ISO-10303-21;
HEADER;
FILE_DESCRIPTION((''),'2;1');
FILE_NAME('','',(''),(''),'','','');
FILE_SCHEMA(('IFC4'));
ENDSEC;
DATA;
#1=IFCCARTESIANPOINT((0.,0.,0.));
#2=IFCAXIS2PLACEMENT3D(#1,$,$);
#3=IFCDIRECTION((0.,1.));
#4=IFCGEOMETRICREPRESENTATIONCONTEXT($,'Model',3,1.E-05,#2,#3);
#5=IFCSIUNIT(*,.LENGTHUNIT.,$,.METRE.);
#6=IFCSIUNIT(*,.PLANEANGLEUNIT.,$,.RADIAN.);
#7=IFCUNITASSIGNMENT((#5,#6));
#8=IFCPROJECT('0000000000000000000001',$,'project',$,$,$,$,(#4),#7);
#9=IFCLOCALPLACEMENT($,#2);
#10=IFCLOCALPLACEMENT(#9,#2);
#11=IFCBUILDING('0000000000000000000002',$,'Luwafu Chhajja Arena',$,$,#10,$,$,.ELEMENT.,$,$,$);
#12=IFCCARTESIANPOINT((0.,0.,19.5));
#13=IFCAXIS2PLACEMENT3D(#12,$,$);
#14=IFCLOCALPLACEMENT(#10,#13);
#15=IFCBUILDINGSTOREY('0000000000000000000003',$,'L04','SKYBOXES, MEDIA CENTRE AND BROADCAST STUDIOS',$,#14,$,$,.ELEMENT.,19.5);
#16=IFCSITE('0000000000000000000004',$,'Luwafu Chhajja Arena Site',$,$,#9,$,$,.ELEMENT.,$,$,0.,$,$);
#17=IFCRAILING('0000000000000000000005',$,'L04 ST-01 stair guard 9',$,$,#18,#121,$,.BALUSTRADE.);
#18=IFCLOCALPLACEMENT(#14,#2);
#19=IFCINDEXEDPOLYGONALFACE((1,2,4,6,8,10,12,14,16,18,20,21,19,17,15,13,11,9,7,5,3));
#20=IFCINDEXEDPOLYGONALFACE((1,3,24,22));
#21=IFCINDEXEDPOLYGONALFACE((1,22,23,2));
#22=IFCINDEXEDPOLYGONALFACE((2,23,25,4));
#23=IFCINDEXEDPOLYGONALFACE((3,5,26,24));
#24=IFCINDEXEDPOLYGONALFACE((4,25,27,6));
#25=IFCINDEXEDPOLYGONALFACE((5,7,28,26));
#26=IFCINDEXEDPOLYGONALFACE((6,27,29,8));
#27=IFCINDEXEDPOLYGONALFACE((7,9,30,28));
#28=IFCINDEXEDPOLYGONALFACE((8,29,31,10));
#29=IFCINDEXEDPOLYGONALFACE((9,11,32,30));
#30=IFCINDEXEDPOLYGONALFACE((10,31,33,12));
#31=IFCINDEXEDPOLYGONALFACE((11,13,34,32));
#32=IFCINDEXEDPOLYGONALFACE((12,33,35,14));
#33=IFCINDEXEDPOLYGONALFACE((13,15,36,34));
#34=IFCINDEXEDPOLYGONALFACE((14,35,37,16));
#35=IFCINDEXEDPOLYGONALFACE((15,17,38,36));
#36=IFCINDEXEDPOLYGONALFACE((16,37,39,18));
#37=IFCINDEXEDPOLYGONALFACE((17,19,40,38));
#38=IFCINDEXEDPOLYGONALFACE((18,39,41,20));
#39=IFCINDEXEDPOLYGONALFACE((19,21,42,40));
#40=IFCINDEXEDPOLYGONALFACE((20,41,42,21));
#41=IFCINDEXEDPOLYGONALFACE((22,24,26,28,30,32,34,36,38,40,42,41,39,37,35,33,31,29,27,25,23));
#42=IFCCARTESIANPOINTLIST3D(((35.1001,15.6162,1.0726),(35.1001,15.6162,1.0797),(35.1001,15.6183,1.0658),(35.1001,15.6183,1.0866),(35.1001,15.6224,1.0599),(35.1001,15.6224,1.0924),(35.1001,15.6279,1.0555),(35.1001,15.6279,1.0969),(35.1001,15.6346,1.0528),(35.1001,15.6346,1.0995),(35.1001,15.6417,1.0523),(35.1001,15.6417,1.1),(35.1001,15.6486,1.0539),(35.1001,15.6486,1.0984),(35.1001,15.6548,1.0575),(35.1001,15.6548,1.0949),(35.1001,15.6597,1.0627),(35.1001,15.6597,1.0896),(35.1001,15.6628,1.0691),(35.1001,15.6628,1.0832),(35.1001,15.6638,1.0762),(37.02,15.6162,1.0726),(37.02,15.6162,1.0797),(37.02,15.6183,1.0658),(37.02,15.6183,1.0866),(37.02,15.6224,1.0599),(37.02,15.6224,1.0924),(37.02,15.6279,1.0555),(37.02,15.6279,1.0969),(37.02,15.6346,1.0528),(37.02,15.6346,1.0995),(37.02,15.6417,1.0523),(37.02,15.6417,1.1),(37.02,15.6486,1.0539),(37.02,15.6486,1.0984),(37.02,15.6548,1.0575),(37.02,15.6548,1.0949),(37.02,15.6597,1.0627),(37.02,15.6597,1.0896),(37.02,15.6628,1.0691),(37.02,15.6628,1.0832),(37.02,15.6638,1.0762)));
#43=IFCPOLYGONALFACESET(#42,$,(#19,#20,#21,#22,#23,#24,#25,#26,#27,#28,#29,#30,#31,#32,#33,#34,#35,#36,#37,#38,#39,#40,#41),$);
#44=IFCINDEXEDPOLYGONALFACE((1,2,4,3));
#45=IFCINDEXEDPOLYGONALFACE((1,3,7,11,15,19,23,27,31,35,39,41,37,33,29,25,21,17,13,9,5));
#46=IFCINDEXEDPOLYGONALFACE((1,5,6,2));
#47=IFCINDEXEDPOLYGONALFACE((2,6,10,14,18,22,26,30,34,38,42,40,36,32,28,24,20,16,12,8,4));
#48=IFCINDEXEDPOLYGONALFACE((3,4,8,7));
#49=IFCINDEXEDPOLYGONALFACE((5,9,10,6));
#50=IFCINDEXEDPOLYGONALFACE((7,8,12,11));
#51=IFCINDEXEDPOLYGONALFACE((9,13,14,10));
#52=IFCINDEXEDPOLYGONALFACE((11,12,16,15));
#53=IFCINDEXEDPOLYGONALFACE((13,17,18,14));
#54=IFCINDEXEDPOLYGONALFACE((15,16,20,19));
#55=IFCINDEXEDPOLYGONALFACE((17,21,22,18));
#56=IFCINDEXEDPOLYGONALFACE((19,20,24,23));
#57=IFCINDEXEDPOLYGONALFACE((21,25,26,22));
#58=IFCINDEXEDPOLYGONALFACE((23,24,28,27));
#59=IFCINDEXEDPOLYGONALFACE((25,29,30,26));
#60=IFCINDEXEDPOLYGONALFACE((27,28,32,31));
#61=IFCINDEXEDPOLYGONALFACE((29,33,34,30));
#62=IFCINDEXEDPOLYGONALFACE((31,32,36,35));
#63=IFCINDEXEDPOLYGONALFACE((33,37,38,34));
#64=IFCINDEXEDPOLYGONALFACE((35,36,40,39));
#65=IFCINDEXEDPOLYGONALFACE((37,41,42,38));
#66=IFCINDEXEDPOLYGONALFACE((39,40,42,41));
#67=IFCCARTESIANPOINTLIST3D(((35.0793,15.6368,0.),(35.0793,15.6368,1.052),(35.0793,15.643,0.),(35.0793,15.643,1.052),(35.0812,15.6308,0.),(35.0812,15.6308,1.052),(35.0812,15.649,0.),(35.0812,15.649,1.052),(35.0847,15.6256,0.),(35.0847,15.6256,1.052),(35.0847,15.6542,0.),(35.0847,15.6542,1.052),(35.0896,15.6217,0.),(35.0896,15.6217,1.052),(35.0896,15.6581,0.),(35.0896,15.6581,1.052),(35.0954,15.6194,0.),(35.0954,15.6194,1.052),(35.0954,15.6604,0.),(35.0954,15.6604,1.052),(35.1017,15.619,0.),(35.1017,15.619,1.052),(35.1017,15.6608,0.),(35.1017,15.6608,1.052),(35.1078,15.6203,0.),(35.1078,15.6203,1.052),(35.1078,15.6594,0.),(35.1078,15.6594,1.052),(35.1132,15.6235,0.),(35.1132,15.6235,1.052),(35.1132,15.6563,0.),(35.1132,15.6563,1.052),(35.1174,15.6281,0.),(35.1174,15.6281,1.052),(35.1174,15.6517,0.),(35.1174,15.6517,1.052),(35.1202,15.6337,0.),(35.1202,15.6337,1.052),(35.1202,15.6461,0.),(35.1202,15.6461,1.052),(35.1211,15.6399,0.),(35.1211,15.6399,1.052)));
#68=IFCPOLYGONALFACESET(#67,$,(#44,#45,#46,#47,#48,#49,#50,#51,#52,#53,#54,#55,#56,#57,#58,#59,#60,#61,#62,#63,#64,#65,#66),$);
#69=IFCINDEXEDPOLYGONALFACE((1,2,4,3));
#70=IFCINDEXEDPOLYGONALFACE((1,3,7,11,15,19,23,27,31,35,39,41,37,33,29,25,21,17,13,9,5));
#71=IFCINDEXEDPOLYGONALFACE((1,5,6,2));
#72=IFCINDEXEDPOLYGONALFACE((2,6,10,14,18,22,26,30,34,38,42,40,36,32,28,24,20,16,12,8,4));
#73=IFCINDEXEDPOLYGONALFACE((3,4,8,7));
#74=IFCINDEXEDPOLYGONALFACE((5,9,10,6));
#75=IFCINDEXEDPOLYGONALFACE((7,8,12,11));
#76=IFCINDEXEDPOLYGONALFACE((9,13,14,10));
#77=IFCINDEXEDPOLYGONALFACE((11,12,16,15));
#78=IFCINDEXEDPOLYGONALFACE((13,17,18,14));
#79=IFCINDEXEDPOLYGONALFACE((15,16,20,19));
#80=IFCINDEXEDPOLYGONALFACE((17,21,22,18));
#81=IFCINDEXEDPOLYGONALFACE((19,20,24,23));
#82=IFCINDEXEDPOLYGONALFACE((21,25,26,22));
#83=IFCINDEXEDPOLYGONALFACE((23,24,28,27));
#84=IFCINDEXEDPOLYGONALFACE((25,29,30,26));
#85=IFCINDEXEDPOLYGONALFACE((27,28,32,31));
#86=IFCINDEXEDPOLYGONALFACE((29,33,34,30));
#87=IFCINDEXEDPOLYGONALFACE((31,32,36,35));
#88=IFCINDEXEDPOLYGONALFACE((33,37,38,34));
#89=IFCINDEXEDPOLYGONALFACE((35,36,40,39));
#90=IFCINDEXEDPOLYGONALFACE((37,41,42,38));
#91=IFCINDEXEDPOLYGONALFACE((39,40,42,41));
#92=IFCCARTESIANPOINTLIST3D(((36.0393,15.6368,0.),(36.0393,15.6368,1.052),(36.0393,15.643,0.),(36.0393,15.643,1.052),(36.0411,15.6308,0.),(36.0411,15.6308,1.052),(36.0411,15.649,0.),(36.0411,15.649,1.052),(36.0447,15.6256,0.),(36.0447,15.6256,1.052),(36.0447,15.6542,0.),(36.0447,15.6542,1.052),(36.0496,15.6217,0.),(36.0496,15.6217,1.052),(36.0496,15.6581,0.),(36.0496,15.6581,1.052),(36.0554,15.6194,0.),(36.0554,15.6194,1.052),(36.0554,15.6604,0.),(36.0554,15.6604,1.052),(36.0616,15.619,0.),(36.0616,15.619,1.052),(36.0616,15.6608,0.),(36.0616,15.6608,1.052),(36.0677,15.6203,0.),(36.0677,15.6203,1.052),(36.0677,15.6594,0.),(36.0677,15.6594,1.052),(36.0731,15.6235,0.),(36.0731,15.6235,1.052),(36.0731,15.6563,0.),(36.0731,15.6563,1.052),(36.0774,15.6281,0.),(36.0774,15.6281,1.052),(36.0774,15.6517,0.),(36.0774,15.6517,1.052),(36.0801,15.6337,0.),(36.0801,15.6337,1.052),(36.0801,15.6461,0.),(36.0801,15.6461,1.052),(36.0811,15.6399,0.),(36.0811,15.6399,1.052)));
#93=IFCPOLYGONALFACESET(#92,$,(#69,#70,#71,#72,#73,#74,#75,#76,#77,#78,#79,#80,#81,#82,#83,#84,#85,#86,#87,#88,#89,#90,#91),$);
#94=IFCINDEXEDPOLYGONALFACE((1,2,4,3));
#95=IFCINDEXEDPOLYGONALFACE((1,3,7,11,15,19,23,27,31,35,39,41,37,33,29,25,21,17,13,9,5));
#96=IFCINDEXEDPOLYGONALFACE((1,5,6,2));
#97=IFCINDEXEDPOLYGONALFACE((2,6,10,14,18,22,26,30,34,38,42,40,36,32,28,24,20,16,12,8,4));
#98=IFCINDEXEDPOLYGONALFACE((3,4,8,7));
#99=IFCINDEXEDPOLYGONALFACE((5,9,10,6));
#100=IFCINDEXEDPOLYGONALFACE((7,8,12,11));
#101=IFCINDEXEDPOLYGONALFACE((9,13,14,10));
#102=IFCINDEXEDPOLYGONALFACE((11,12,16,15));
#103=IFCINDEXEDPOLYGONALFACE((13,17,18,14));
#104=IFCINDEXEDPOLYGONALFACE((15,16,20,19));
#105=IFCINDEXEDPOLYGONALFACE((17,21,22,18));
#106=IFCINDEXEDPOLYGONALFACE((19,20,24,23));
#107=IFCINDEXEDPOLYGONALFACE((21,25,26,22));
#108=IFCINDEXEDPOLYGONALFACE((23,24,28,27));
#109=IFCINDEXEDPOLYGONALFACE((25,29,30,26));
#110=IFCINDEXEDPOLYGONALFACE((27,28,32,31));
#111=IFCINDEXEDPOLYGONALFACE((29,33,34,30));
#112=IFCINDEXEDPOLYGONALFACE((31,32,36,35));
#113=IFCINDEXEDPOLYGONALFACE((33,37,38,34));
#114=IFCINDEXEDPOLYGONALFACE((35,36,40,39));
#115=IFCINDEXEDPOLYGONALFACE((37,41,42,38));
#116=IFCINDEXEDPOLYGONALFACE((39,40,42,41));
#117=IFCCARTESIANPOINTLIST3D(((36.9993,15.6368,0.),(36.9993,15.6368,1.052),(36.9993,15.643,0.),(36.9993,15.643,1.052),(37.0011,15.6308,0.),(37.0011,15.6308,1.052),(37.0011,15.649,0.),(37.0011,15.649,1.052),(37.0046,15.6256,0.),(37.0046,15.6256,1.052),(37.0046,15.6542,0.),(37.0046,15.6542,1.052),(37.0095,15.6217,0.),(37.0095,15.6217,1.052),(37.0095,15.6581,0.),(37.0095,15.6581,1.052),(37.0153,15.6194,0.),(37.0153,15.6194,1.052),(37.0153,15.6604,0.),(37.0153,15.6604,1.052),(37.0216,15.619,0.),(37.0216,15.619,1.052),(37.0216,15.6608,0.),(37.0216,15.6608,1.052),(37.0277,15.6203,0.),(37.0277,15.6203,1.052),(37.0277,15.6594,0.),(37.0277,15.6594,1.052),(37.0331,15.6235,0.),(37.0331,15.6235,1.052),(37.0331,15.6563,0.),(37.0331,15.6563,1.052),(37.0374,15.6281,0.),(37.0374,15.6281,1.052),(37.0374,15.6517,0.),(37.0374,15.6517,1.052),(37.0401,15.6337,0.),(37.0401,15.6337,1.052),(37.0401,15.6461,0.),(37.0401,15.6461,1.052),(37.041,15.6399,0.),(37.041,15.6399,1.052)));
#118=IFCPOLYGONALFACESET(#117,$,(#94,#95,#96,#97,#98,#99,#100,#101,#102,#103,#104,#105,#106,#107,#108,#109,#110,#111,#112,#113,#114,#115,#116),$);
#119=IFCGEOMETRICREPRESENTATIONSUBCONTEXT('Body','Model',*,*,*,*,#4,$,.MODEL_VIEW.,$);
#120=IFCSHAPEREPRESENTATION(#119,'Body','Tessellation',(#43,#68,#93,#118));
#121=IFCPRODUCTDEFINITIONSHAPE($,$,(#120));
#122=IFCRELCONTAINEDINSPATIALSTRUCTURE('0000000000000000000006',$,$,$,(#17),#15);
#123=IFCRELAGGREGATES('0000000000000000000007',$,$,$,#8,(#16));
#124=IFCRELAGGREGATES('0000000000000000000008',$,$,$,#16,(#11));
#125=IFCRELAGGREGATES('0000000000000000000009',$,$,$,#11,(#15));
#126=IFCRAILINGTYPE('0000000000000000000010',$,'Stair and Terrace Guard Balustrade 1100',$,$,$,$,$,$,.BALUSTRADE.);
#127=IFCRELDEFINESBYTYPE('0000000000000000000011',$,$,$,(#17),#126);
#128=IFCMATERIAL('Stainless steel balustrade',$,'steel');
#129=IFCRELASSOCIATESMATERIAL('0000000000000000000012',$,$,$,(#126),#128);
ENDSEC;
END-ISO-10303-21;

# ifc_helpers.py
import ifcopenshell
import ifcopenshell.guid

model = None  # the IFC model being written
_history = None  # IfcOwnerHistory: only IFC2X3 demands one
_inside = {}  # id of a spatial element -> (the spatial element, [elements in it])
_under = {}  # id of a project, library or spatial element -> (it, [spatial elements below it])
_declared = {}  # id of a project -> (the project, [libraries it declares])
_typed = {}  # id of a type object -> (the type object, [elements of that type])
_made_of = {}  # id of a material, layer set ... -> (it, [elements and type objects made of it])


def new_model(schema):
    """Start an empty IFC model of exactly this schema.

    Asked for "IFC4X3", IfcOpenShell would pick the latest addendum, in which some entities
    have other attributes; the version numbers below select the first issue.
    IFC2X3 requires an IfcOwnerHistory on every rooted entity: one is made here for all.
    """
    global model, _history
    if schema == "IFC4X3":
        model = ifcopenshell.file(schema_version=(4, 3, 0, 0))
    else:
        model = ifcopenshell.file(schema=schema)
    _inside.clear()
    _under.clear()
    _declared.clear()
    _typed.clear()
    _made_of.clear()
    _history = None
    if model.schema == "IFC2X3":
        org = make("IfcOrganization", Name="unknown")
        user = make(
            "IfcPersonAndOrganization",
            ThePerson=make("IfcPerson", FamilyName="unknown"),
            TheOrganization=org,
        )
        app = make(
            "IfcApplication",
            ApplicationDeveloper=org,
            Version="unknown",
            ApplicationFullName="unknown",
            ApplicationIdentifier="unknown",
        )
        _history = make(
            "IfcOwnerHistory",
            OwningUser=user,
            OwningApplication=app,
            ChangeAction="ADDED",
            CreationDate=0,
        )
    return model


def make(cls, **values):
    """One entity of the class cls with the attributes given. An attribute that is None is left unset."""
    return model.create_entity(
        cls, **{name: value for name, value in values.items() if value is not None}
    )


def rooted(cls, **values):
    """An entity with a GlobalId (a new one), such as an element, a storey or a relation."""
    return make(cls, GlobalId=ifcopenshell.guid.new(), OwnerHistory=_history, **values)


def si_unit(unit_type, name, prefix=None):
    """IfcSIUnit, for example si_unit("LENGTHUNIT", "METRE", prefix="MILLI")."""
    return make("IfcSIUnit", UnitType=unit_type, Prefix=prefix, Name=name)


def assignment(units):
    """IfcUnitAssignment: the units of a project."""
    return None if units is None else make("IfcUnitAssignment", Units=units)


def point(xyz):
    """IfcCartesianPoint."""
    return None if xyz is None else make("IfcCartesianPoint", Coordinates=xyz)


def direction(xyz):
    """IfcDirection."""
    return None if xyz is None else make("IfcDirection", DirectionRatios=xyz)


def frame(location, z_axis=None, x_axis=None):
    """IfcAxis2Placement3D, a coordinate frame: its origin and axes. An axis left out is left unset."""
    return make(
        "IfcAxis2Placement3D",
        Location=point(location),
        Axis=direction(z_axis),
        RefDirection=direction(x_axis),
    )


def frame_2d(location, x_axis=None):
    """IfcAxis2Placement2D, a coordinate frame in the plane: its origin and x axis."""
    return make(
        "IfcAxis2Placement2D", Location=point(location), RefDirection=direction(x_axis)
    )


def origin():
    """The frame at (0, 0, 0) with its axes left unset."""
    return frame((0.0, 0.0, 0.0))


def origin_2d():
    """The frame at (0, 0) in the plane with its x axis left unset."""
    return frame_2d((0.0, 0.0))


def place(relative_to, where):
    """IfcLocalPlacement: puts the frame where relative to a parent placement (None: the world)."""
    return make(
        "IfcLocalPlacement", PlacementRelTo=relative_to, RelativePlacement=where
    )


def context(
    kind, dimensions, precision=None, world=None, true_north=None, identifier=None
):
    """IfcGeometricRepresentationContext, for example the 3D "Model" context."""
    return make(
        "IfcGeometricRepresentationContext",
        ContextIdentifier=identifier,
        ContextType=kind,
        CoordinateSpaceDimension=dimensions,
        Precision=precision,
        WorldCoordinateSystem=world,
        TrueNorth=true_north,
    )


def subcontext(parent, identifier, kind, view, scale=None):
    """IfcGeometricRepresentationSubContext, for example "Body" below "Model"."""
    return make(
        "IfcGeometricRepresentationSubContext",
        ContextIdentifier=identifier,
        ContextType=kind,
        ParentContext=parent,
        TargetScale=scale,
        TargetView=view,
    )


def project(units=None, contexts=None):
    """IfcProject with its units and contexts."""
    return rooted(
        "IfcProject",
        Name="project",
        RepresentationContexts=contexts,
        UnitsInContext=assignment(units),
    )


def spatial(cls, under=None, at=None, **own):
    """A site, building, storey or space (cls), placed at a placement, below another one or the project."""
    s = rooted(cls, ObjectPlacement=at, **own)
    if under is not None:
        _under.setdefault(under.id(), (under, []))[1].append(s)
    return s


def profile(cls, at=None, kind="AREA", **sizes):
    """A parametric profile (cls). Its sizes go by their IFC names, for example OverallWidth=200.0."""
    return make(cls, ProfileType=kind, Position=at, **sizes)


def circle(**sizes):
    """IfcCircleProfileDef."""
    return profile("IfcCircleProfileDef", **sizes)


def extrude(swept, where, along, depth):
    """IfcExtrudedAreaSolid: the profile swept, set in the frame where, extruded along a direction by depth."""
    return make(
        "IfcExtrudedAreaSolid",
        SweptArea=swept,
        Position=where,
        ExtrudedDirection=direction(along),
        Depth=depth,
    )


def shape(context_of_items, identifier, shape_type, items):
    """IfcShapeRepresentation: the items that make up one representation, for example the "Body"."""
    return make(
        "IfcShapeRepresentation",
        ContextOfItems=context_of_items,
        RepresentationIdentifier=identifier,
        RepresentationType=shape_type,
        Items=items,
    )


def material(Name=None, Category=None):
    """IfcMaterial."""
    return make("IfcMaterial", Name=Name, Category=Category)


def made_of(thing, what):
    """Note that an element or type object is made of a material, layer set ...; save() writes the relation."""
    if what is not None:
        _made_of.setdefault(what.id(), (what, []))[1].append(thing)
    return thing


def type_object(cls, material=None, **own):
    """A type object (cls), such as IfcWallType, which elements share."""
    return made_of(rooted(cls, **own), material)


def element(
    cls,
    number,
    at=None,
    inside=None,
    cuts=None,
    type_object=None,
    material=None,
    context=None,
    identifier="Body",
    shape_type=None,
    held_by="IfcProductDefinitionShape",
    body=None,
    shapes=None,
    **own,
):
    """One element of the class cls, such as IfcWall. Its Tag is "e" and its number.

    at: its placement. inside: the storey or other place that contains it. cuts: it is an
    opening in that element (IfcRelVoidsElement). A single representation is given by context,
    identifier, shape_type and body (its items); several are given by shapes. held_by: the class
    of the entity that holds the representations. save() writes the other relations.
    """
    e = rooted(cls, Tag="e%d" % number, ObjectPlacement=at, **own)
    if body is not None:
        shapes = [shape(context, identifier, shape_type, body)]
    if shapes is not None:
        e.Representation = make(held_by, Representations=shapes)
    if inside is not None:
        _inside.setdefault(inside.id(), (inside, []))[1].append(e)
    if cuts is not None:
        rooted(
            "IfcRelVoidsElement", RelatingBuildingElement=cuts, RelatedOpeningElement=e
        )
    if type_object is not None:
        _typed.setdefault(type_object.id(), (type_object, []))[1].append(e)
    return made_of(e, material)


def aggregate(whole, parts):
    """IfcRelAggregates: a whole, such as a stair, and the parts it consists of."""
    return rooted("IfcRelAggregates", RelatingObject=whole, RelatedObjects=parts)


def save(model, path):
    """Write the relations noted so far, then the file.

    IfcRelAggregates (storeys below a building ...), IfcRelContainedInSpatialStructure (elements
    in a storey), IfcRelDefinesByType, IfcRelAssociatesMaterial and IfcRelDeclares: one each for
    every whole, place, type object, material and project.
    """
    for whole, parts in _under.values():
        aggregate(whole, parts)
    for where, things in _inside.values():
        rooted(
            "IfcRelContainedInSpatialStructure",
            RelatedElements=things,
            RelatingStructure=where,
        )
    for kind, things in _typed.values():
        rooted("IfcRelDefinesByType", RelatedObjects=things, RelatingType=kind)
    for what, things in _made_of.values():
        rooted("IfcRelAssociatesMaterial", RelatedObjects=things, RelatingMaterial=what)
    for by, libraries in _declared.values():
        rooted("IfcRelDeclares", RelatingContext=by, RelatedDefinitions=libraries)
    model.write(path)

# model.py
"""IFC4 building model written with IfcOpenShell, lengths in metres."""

from ifc_helpers import new_model, si_unit, direction, frame, origin, origin_2d, place, context, subcontext, project, spatial, circle, extrude, material, type_object, element, save


model = new_model("IFC4")

# Units and contexts
model_context = context("Model", 3, precision=1e-05, world=origin(), true_north=direction((0.0, 1.0)))
body_context = subcontext(model_context, "Body", "Model", "MODEL_VIEW")
ifc_project = project(units=[si_unit("LENGTHUNIT", "METRE"), si_unit("PLANEANGLEUNIT", "RADIAN")], contexts=[model_context])

# Site, building, storey
site_placement = place(None, origin())
site = spatial("IfcSite", under=ifc_project, at=site_placement, Name="Luwafu Chhajja Arena Site", CompositionType="ELEMENT", RefElevation=0.0)
building_placement = place(site_placement, origin())
building = spatial("IfcBuilding", under=site, at=building_placement, Name="Luwafu Chhajja Arena", CompositionType="ELEMENT")
storey_placement = place(building_placement, frame((0.0, 0.0, 19.5)))
storey = spatial("IfcBuildingStorey", under=building, at=storey_placement, Name="L04", Description="SKYBOXES, MEDIA CENTRE AND BROADCAST STUDIOS", CompositionType="ELEMENT", Elevation=19.5)

# Railing
ifc_material_1 = material(Name="Stainless steel balustrade", Category="steel")
railing_type_1 = type_object("IfcRailingType", Name="Stair and Terrace Guard Balustrade 1100", PredefinedType="BALUSTRADE", material=ifc_material_1)
for number, where, name in (
    (1, (35.1001, 15.6399, 0.0), "L04 ST-01 stair guard 9"),
):
    element("IfcRailing", number, at=place(storey_placement, frame(where)), inside=storey, type_object=railing_type_1, Name=name, PredefinedType="BALUSTRADE", context=body_context, shape_type="SweptSolid", body=[
        extrude(circle(Radius=0.0239, at=origin_2d()), frame((0.0, 0.0, 1.0762), z_axis=(1.0, 0.0, 0.0), x_axis=(0.0, 1.0, 0.0)), (0.0, 0.0, 1.0), 1.9199),
        extrude(circle(Radius=0.021, at=origin_2d()), origin(), (0.0, 0.0, 1.0), 1.052),
        extrude(circle(Radius=0.021, at=origin_2d()), frame((0.96, 0.0, 0.0)), (0.0, 0.0, 1.0), 1.052),
        extrude(circle(Radius=0.021, at=origin_2d()), frame((1.9199, 0.0, 0.0)), (0.0, 0.0, 1.0), 1.052),
    ])

save(model, "model.ifc")
